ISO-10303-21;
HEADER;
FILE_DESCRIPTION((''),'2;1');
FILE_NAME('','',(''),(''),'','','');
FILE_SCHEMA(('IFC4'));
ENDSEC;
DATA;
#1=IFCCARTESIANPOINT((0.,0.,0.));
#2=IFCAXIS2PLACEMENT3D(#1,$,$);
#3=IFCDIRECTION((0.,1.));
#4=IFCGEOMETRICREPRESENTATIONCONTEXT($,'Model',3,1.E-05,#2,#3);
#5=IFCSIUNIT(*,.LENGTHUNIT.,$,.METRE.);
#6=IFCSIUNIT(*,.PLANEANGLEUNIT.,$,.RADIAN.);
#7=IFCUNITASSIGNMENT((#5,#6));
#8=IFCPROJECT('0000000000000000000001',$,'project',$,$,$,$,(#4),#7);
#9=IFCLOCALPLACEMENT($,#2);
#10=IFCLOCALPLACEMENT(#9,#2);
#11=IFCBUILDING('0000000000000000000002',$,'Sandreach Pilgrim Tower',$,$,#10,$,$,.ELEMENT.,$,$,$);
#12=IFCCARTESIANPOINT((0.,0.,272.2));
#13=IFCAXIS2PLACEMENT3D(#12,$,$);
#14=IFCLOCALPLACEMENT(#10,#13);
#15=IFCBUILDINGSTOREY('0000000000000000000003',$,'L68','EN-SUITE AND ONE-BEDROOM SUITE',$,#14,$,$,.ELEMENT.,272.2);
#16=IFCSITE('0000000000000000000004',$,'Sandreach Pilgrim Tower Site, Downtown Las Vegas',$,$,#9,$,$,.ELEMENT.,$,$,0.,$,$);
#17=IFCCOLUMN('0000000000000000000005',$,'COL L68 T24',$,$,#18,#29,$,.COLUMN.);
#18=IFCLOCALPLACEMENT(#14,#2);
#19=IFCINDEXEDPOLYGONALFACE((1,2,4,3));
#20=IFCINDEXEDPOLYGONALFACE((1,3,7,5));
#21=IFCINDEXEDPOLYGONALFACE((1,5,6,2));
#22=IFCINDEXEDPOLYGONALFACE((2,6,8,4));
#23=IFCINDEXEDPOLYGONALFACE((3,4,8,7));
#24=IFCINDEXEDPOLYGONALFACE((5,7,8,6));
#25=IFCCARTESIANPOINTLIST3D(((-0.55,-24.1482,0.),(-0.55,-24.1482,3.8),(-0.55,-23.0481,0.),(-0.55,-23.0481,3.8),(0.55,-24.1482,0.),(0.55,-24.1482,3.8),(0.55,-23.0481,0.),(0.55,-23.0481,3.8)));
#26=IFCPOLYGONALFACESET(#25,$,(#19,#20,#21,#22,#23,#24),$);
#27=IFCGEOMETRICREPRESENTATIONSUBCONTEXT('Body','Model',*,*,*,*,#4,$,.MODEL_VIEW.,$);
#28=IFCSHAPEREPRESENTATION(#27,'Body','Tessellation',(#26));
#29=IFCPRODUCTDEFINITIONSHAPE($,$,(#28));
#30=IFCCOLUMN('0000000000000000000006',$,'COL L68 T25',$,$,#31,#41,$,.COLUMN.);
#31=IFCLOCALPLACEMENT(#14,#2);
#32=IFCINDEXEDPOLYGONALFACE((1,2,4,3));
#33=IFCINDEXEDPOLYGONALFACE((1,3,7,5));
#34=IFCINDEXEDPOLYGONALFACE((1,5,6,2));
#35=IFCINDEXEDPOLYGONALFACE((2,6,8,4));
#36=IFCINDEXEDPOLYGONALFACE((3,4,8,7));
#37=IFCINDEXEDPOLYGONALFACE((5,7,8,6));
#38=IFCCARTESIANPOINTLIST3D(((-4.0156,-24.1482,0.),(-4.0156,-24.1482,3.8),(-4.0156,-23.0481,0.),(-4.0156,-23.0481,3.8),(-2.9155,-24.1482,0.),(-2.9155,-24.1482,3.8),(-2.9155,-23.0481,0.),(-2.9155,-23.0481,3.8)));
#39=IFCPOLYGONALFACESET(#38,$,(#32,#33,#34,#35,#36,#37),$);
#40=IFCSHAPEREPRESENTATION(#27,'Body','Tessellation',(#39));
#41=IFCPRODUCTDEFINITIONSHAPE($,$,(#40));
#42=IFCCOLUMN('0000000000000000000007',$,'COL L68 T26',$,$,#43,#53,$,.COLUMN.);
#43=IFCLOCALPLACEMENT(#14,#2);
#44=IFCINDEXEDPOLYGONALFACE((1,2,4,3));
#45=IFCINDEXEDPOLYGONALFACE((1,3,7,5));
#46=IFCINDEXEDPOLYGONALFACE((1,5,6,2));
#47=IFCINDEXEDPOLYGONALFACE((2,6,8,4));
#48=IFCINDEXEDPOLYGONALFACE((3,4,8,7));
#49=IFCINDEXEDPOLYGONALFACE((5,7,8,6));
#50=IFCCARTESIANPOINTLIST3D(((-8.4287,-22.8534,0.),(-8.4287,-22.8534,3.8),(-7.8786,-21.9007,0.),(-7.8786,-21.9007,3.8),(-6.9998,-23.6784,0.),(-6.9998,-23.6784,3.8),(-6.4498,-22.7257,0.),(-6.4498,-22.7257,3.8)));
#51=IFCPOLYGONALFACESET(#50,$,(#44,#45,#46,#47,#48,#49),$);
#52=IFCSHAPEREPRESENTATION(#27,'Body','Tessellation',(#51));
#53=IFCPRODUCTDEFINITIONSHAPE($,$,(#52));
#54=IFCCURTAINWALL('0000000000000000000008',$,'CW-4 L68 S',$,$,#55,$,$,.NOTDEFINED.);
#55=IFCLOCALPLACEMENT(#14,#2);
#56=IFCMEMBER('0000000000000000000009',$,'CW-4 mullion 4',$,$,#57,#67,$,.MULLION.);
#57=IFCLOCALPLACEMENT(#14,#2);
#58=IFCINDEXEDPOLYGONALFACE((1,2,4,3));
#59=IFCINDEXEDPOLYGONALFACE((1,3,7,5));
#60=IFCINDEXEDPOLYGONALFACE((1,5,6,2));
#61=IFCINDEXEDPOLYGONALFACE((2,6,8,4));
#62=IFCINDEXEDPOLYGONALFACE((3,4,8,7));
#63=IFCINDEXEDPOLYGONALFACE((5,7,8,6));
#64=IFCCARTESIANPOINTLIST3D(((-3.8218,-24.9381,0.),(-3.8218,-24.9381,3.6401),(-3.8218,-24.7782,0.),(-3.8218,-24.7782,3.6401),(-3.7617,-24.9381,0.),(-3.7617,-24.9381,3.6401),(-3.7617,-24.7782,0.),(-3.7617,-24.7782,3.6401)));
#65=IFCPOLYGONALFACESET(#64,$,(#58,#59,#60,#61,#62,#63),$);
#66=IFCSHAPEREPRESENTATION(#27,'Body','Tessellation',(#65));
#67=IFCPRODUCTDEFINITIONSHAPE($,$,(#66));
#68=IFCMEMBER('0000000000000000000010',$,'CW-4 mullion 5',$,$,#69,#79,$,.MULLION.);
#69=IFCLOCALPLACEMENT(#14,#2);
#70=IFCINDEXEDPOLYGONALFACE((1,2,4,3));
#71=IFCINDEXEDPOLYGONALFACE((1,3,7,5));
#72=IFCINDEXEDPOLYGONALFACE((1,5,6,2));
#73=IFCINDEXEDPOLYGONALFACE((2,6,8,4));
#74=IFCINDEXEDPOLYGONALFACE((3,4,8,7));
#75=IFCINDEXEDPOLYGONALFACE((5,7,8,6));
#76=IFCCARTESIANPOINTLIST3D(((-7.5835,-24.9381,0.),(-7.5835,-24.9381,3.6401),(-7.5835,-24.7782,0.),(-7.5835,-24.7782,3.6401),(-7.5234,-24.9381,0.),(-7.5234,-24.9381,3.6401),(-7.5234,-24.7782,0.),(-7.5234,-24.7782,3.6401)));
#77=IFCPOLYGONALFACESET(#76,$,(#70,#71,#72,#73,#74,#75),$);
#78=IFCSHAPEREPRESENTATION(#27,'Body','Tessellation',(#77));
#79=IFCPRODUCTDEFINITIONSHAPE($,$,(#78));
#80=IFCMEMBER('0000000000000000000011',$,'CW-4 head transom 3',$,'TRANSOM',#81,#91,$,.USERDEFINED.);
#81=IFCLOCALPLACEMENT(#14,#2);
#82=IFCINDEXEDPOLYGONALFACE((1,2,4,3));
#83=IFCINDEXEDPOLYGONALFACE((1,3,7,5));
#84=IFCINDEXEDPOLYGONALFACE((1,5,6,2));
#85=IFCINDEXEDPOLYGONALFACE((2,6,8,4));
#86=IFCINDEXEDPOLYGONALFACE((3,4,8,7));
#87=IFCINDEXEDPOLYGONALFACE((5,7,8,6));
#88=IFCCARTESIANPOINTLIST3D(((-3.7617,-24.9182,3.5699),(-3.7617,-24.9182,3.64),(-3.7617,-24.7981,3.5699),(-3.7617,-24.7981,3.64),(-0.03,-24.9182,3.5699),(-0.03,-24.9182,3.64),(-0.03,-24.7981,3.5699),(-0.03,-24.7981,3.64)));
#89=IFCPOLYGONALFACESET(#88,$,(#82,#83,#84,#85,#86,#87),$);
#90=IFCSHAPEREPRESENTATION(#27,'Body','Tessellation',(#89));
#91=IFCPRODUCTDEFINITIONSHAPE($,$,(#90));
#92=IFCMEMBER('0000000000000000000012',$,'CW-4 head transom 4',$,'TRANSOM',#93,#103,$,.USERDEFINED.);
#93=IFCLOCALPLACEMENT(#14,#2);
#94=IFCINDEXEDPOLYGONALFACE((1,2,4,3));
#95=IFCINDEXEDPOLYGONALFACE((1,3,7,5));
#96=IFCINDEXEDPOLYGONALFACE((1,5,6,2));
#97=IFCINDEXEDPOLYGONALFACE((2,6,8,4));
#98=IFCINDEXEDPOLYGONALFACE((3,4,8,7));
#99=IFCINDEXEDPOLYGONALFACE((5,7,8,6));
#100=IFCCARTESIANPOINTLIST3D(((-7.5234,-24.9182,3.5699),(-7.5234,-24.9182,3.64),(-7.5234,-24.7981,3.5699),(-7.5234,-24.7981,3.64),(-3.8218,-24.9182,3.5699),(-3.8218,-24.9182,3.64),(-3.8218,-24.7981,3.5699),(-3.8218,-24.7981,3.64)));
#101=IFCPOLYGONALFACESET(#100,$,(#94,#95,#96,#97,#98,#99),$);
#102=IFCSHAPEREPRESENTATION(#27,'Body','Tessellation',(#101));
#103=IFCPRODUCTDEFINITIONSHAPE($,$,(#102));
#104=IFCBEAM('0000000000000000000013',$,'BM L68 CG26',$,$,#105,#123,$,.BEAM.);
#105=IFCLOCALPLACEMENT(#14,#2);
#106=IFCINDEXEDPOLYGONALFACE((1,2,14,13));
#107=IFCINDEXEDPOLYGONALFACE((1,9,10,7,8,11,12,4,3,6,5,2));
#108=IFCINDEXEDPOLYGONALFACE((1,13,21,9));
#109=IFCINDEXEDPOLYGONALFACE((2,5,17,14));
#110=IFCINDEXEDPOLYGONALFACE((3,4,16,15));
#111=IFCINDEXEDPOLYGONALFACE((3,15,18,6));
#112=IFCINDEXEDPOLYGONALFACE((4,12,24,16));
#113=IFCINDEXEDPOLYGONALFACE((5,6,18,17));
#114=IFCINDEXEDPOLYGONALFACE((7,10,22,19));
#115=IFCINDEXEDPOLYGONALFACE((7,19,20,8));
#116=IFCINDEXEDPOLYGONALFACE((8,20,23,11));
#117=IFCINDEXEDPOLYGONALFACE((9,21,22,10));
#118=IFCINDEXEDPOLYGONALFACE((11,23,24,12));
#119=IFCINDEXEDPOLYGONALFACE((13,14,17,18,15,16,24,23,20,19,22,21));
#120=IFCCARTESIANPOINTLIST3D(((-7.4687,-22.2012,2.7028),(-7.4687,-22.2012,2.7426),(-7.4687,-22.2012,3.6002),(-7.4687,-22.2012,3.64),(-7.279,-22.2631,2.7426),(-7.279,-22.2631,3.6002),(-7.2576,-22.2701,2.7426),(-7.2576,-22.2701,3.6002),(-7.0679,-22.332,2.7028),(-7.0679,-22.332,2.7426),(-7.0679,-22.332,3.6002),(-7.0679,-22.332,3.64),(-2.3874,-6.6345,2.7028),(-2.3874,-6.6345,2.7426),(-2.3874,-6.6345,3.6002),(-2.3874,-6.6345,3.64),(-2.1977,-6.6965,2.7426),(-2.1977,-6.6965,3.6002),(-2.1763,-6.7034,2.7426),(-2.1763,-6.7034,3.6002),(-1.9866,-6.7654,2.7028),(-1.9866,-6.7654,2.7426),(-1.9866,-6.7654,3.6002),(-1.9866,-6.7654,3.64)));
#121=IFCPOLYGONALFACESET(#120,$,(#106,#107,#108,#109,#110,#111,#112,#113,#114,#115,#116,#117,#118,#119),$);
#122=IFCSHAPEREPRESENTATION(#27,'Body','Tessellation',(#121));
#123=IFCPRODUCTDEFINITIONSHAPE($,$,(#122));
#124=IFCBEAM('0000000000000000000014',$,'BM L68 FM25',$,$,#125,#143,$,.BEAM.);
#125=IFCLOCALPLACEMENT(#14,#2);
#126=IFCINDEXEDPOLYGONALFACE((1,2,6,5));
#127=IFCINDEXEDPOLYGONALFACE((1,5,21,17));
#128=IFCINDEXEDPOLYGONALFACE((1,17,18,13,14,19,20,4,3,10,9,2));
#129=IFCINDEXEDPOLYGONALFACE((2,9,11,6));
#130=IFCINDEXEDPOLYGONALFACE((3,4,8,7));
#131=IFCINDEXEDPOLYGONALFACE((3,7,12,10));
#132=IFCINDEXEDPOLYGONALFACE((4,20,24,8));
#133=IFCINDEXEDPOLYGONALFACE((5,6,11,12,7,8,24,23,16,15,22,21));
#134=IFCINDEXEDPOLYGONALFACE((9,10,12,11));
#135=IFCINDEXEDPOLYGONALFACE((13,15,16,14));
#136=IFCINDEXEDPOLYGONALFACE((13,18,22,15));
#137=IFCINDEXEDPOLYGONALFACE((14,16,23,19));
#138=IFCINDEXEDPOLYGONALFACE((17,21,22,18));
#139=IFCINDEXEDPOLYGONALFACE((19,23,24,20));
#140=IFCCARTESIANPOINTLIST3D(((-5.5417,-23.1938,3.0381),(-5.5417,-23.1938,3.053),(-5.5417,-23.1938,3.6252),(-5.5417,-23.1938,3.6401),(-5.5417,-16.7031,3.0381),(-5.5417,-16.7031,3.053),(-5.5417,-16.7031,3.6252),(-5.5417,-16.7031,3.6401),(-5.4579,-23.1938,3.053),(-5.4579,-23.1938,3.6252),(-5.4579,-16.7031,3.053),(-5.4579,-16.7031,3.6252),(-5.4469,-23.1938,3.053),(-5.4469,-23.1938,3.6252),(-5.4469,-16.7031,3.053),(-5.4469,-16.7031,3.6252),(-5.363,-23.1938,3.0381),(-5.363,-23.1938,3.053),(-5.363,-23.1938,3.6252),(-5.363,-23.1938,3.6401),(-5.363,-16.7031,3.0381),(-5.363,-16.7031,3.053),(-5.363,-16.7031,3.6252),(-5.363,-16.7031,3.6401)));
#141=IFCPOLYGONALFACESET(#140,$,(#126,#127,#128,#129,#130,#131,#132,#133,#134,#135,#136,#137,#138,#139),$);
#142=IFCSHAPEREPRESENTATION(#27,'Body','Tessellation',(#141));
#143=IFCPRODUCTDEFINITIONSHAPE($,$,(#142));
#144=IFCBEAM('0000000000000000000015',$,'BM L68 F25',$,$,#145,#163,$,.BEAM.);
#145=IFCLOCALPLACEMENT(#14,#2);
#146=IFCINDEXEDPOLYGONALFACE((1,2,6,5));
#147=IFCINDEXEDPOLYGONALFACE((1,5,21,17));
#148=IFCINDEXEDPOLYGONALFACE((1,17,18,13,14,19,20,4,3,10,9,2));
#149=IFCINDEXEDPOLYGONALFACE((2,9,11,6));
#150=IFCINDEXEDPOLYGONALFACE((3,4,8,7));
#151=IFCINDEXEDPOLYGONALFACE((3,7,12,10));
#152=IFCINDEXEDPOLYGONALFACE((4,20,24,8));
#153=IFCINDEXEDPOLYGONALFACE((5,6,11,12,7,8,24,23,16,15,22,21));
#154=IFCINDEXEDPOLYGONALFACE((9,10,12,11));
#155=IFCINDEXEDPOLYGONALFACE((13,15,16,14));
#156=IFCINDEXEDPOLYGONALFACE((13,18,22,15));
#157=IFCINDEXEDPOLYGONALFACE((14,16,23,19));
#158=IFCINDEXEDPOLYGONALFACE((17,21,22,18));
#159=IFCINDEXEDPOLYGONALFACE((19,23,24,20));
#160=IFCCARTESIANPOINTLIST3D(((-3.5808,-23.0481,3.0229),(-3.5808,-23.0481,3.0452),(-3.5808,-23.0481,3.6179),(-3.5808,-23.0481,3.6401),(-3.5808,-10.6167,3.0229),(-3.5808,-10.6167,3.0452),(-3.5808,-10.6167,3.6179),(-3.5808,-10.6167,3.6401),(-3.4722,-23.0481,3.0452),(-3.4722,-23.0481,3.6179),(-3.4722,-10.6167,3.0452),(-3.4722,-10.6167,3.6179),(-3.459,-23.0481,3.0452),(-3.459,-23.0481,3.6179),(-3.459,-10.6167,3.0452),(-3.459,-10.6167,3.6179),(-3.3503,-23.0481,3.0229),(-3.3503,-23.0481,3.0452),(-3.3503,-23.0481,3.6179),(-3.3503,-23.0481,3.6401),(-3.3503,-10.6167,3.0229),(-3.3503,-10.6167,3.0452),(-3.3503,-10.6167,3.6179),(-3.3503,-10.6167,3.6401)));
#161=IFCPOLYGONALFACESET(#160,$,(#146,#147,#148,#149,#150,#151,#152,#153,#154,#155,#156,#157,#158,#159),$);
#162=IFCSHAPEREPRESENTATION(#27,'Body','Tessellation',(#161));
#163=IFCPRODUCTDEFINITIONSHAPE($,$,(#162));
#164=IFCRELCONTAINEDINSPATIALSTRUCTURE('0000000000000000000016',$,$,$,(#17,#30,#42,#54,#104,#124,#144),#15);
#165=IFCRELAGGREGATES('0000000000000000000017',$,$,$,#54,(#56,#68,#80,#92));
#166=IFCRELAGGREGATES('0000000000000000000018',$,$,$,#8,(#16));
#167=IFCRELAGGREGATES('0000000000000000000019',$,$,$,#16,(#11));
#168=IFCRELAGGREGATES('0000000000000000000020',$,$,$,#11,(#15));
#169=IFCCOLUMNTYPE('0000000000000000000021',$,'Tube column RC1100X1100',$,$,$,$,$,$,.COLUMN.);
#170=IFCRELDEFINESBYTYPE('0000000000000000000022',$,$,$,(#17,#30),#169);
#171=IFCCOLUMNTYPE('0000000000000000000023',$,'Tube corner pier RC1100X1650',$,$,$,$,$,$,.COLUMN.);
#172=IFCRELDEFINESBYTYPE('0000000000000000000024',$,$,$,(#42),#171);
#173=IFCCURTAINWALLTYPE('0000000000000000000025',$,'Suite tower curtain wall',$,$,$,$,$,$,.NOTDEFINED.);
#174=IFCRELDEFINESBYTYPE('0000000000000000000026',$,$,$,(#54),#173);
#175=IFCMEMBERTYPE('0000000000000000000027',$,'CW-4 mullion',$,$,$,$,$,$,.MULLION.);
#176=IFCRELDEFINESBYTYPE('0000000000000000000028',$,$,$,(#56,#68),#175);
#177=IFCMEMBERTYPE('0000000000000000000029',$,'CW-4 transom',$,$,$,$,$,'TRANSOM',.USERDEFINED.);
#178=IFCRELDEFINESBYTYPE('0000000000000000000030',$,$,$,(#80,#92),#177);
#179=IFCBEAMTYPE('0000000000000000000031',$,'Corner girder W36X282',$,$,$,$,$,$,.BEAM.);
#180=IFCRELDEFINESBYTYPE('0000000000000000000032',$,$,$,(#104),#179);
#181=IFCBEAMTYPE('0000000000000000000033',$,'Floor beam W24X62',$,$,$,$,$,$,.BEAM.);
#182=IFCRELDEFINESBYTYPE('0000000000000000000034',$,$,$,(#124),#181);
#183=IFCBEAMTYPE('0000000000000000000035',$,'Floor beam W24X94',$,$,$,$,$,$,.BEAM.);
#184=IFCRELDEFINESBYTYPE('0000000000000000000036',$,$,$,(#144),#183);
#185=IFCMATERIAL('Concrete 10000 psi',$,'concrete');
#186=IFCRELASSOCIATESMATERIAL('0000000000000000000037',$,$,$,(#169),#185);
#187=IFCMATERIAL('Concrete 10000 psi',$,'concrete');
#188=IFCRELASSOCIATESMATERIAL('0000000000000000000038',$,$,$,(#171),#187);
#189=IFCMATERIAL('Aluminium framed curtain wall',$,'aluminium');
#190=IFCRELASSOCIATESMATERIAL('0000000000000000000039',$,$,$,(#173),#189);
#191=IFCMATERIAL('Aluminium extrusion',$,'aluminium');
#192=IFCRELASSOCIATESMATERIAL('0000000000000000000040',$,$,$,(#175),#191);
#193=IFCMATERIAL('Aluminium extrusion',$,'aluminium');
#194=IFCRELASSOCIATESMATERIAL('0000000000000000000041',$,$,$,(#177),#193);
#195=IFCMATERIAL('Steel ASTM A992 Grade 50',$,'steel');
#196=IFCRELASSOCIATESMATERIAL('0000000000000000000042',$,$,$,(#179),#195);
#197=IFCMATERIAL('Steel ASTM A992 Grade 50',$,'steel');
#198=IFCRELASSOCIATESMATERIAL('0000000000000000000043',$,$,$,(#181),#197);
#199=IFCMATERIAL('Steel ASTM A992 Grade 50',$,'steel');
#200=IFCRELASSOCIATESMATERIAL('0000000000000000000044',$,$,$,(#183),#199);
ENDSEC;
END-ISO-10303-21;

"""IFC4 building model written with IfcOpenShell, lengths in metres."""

from ifc_helpers import new_model, si_unit, direction, frame, origin, origin_2d, place, context, subcontext, project, spatial, rectangle, i_section, extrude, material, material_profile, profile_set, type_object, element, aggregate, save


model = new_model("IFC4")

# Units and contexts
model_context = context("Model", 3, precision=1e-05, world=origin(), true_north=direction((0.0, 1.0)))
body_context = subcontext(model_context, "Body", "Model", "MODEL_VIEW")
ifc_project = project(units=[si_unit("LENGTHUNIT", "METRE"), si_unit("PLANEANGLEUNIT", "RADIAN")], contexts=[model_context])

# Site, building, storey
site_placement = place(None, origin())
site = spatial("IfcSite", under=ifc_project, at=site_placement, Name="Sandreach Pilgrim Tower Site, Downtown Las Vegas", CompositionType="ELEMENT", RefElevation=0.0)
building_placement = place(site_placement, origin())
building = spatial("IfcBuilding", under=site, at=building_placement, Name="Sandreach Pilgrim Tower", CompositionType="ELEMENT")
storey_placement = place(building_placement, frame((0.0, 0.0, 272.2)))
storey = spatial("IfcBuildingStorey", under=building, at=storey_placement, Name="L68", Description="EN-SUITE AND ONE-BEDROOM SUITE", CompositionType="ELEMENT", Elevation=272.2)

# Columns
ifc_material_1 = material(Name="Concrete 10000 psi", Category="concrete")
ifc_material_profile_1 = material_profile(ifc_material_1, rectangle(XDim=1.1001, YDim=1.1001, at=origin_2d()), Name="RC1100X1100")
ifc_profile_set_1 = profile_set([ifc_material_profile_1], Name="Concrete 10000 psi")
column_type_1 = type_object("IfcColumnType", Name="Tube column RC1100X1100", PredefinedType="COLUMN", material=ifc_profile_set_1)
for number, where, z_axis, x_axis, name in (
    (1, (0.0, -23.5981, 0.0), (0.0, 0.0, 1.0), (0.0, -1.0, 0.0), "COL L68 T24"),
    (2, (-3.4656, -23.5981, 0.0), (0.0, 0.0, 1.0), (0.0, -1.0, 0.0), "COL L68 T25"),
):
    element("IfcColumn", number, at=place(storey_placement, frame(where, z_axis=z_axis, x_axis=x_axis)), inside=storey, type_object=column_type_1, Name=name, PredefinedType="COLUMN", context=body_context, shape_type="SweptSolid", body=[
        extrude(rectangle(XDim=1.1001, YDim=1.1001, at=origin_2d()), origin(), (0.0, 0.0, 1.0), 3.8),
    ])
ifc_material_2 = material(Name="Concrete 10000 psi", Category="concrete")
ifc_material_profile_2 = material_profile(ifc_material_2, rectangle(XDim=1.1001, YDim=1.6499, at=origin_2d()), Name="RC1100X1650")
ifc_profile_set_2 = profile_set([ifc_material_profile_2], Name="Concrete 10000 psi")
column_type_2 = type_object("IfcColumnType", Name="Tube corner pier RC1100X1650", PredefinedType="COLUMN", material=ifc_profile_set_2)
column_placement = place(storey_placement, frame((-7.4392, -22.7896, 0.0), z_axis=(0.0, 0.0, 1.0), x_axis=(-0.5, -0.866025, 0.0)))
element("IfcColumn", 3, at=column_placement, inside=storey, type_object=column_type_2, Name="COL L68 T26", PredefinedType="COLUMN", context=body_context, shape_type="SweptSolid", body=[
    extrude(rectangle(XDim=1.1001, YDim=1.6499, at=origin_2d()), origin(), (0.0, 0.0, 1.0), 3.8),
])

# Curtain wall, members
ifc_material_3 = material(Name="Aluminium framed curtain wall", Category="aluminium")
curtain_wall_type = type_object("IfcCurtainWallType", Name="Suite tower curtain wall", PredefinedType="NOTDEFINED", material=ifc_material_3)
curtain_wall_placement = place(storey_placement, origin())
curtain_wall = element("IfcCurtainWall", 4, at=curtain_wall_placement, inside=storey, type_object=curtain_wall_type, Name="CW-4 L68 S", PredefinedType="NOTDEFINED")
ifc_material_4 = material(Name="Aluminium extrusion", Category="aluminium")
ifc_material_profile_3 = material_profile(ifc_material_4, rectangle(XDim=0.0601, YDim=0.1599, at=origin_2d()), Name="CW-4M 60X160")
ifc_profile_set_3 = profile_set([ifc_material_profile_3], Name="Aluminium extrusion")
member_type_1 = type_object("IfcMemberType", Name="CW-4 mullion", PredefinedType="MULLION", material=ifc_profile_set_3)
member_1_placement = place(storey_placement, frame((-3.7917, -24.8582, 0.0), z_axis=(0.0, 0.0, 1.0), x_axis=(-1.0, 0.0, 0.0)))
member_1 = element("IfcMember", 5, at=member_1_placement, type_object=member_type_1, Name="CW-4 mullion 4", PredefinedType="MULLION", context=body_context, shape_type="SweptSolid", body=[
    extrude(rectangle(XDim=0.0601, YDim=0.1599, at=origin_2d()), origin(), (0.0, 0.0, 1.0), 3.6401),
])
member_2_placement = place(storey_placement, frame((-7.5535, -24.8582, 0.0), z_axis=(0.0, 0.0, 1.0), x_axis=(-1.0, 0.0, 0.0)))
member_2 = element("IfcMember", 6, at=member_2_placement, type_object=member_type_1, Name="CW-4 mullion 5", PredefinedType="MULLION", context=body_context, shape_type="SweptSolid", body=[
    extrude(rectangle(XDim=0.0601, YDim=0.1599, at=origin_2d()), origin(), (0.0, 0.0, 1.0), 3.6401),
])
ifc_material_5 = material(Name="Aluminium extrusion", Category="aluminium")
ifc_material_profile_4 = material_profile(ifc_material_5, rectangle(XDim=0.1201, YDim=0.0701, at=origin_2d()), Name="CW-4T 120X70")
ifc_profile_set_4 = profile_set([ifc_material_profile_4], Name="Aluminium extrusion")
member_type_2 = type_object("IfcMemberType", Name="CW-4 transom", ElementType="TRANSOM", PredefinedType="USERDEFINED", material=ifc_profile_set_4)
member_3_placement = place(storey_placement, frame((-0.03, -24.8582, 3.605), z_axis=(-1.0, 0.0, 0.0), x_axis=(0.0, -1.0, 0.0)))
member_3 = element("IfcMember", 7, at=member_3_placement, type_object=member_type_2, Name="CW-4 head transom 3", ObjectType="TRANSOM", PredefinedType="USERDEFINED", context=body_context, shape_type="SweptSolid", body=[
    extrude(rectangle(XDim=0.1201, YDim=0.0701, at=origin_2d()), origin(), (0.0, 0.0, 1.0), 3.7317),
])
member_4_placement = place(storey_placement, frame((-3.8218, -24.8582, 3.605), z_axis=(-1.0, 0.0, 0.0), x_axis=(0.0, -1.0, 0.0)))
member_4 = element("IfcMember", 8, at=member_4_placement, type_object=member_type_2, Name="CW-4 head transom 4", ObjectType="TRANSOM", PredefinedType="USERDEFINED", context=body_context, shape_type="SweptSolid", body=[
    extrude(rectangle(XDim=0.1201, YDim=0.0701, at=origin_2d()), origin(), (0.0, 0.0, 1.0), 3.7017),
])

# Beams
ifc_material_6 = material(Name="Steel ASTM A992 Grade 50", Category="steel")
ifc_material_profile_5 = material_profile(ifc_material_6, i_section(OverallWidth=0.4216, OverallDepth=0.9373, WebThickness=0.0225, FlangeThickness=0.0398, at=origin_2d()), Name="W36X282")
ifc_profile_set_5 = profile_set([ifc_material_profile_5], Name="Steel ASTM A992 Grade 50")
beam_type_1 = type_object("IfcBeamType", Name="Corner girder W36X282", PredefinedType="BEAM", material=ifc_profile_set_5)
beam_1_placement = place(storey_placement, frame((-7.2683, -22.2666, 3.1714), z_axis=(0.310309, 0.950636, 0.0), x_axis=(-0.950636, 0.310309, 0.0)))
element("IfcBeam", 9, at=beam_1_placement, inside=storey, type_object=beam_type_1, Name="BM L68 CG26", PredefinedType="BEAM", context=body_context, shape_type="SweptSolid", body=[
    extrude(i_section(OverallWidth=0.4216, OverallDepth=0.9373, WebThickness=0.0225, FlangeThickness=0.0398, at=origin_2d()), origin(), (0.0, 0.0, 1.0), 16.375),
])
ifc_material_7 = material(Name="Steel ASTM A992 Grade 50", Category="steel")
ifc_material_profile_6 = material_profile(ifc_material_7, i_section(OverallWidth=0.1787, OverallDepth=0.6021, WebThickness=0.011, FlangeThickness=0.0149, at=origin_2d()), Name="W24X62")
ifc_profile_set_6 = profile_set([ifc_material_profile_6], Name="Steel ASTM A992 Grade 50")
beam_type_2 = type_object("IfcBeamType", Name="Floor beam W24X62", PredefinedType="BEAM", material=ifc_profile_set_6)
beam_2_placement = place(storey_placement, frame((-5.4524, -23.1938, 3.3391), z_axis=(0.0, 1.0, 0.0), x_axis=(-1.0, 0.0, 0.0)))
element("IfcBeam", 10, at=beam_2_placement, inside=storey, type_object=beam_type_2, Name="BM L68 FM25", PredefinedType="BEAM", context=body_context, shape_type="SweptSolid", body=[
    extrude(i_section(OverallWidth=0.1787, OverallDepth=0.6021, WebThickness=0.011, FlangeThickness=0.0149, at=origin_2d()), origin(), (0.0, 0.0, 1.0), 6.4907),
])
ifc_material_8 = material(Name="Steel ASTM A992 Grade 50", Category="steel")
ifc_material_profile_7 = material_profile(ifc_material_8, i_section(OverallWidth=0.2305, OverallDepth=0.6172, WebThickness=0.0132, FlangeThickness=0.0222, at=origin_2d()), Name="W24X94")
ifc_profile_set_7 = profile_set([ifc_material_profile_7], Name="Steel ASTM A992 Grade 50")
beam_type_3 = type_object("IfcBeamType", Name="Floor beam W24X94", PredefinedType="BEAM", material=ifc_profile_set_7)
beam_3_placement = place(storey_placement, frame((-3.4656, -23.0481, 3.3315), z_axis=(0.0, 1.0, 0.0), x_axis=(-1.0, 0.0, 0.0)))
element("IfcBeam", 11, at=beam_3_placement, inside=storey, type_object=beam_type_3, Name="BM L68 F25", PredefinedType="BEAM", context=body_context, shape_type="SweptSolid", body=[
    extrude(i_section(OverallWidth=0.2305, OverallDepth=0.6172, WebThickness=0.0132, FlangeThickness=0.0222, at=origin_2d()), origin(), (0.0, 0.0, 1.0), 12.4314),
])

aggregate(curtain_wall, [member_1, member_2, member_3, member_4])

save(model, "model.ifc")
